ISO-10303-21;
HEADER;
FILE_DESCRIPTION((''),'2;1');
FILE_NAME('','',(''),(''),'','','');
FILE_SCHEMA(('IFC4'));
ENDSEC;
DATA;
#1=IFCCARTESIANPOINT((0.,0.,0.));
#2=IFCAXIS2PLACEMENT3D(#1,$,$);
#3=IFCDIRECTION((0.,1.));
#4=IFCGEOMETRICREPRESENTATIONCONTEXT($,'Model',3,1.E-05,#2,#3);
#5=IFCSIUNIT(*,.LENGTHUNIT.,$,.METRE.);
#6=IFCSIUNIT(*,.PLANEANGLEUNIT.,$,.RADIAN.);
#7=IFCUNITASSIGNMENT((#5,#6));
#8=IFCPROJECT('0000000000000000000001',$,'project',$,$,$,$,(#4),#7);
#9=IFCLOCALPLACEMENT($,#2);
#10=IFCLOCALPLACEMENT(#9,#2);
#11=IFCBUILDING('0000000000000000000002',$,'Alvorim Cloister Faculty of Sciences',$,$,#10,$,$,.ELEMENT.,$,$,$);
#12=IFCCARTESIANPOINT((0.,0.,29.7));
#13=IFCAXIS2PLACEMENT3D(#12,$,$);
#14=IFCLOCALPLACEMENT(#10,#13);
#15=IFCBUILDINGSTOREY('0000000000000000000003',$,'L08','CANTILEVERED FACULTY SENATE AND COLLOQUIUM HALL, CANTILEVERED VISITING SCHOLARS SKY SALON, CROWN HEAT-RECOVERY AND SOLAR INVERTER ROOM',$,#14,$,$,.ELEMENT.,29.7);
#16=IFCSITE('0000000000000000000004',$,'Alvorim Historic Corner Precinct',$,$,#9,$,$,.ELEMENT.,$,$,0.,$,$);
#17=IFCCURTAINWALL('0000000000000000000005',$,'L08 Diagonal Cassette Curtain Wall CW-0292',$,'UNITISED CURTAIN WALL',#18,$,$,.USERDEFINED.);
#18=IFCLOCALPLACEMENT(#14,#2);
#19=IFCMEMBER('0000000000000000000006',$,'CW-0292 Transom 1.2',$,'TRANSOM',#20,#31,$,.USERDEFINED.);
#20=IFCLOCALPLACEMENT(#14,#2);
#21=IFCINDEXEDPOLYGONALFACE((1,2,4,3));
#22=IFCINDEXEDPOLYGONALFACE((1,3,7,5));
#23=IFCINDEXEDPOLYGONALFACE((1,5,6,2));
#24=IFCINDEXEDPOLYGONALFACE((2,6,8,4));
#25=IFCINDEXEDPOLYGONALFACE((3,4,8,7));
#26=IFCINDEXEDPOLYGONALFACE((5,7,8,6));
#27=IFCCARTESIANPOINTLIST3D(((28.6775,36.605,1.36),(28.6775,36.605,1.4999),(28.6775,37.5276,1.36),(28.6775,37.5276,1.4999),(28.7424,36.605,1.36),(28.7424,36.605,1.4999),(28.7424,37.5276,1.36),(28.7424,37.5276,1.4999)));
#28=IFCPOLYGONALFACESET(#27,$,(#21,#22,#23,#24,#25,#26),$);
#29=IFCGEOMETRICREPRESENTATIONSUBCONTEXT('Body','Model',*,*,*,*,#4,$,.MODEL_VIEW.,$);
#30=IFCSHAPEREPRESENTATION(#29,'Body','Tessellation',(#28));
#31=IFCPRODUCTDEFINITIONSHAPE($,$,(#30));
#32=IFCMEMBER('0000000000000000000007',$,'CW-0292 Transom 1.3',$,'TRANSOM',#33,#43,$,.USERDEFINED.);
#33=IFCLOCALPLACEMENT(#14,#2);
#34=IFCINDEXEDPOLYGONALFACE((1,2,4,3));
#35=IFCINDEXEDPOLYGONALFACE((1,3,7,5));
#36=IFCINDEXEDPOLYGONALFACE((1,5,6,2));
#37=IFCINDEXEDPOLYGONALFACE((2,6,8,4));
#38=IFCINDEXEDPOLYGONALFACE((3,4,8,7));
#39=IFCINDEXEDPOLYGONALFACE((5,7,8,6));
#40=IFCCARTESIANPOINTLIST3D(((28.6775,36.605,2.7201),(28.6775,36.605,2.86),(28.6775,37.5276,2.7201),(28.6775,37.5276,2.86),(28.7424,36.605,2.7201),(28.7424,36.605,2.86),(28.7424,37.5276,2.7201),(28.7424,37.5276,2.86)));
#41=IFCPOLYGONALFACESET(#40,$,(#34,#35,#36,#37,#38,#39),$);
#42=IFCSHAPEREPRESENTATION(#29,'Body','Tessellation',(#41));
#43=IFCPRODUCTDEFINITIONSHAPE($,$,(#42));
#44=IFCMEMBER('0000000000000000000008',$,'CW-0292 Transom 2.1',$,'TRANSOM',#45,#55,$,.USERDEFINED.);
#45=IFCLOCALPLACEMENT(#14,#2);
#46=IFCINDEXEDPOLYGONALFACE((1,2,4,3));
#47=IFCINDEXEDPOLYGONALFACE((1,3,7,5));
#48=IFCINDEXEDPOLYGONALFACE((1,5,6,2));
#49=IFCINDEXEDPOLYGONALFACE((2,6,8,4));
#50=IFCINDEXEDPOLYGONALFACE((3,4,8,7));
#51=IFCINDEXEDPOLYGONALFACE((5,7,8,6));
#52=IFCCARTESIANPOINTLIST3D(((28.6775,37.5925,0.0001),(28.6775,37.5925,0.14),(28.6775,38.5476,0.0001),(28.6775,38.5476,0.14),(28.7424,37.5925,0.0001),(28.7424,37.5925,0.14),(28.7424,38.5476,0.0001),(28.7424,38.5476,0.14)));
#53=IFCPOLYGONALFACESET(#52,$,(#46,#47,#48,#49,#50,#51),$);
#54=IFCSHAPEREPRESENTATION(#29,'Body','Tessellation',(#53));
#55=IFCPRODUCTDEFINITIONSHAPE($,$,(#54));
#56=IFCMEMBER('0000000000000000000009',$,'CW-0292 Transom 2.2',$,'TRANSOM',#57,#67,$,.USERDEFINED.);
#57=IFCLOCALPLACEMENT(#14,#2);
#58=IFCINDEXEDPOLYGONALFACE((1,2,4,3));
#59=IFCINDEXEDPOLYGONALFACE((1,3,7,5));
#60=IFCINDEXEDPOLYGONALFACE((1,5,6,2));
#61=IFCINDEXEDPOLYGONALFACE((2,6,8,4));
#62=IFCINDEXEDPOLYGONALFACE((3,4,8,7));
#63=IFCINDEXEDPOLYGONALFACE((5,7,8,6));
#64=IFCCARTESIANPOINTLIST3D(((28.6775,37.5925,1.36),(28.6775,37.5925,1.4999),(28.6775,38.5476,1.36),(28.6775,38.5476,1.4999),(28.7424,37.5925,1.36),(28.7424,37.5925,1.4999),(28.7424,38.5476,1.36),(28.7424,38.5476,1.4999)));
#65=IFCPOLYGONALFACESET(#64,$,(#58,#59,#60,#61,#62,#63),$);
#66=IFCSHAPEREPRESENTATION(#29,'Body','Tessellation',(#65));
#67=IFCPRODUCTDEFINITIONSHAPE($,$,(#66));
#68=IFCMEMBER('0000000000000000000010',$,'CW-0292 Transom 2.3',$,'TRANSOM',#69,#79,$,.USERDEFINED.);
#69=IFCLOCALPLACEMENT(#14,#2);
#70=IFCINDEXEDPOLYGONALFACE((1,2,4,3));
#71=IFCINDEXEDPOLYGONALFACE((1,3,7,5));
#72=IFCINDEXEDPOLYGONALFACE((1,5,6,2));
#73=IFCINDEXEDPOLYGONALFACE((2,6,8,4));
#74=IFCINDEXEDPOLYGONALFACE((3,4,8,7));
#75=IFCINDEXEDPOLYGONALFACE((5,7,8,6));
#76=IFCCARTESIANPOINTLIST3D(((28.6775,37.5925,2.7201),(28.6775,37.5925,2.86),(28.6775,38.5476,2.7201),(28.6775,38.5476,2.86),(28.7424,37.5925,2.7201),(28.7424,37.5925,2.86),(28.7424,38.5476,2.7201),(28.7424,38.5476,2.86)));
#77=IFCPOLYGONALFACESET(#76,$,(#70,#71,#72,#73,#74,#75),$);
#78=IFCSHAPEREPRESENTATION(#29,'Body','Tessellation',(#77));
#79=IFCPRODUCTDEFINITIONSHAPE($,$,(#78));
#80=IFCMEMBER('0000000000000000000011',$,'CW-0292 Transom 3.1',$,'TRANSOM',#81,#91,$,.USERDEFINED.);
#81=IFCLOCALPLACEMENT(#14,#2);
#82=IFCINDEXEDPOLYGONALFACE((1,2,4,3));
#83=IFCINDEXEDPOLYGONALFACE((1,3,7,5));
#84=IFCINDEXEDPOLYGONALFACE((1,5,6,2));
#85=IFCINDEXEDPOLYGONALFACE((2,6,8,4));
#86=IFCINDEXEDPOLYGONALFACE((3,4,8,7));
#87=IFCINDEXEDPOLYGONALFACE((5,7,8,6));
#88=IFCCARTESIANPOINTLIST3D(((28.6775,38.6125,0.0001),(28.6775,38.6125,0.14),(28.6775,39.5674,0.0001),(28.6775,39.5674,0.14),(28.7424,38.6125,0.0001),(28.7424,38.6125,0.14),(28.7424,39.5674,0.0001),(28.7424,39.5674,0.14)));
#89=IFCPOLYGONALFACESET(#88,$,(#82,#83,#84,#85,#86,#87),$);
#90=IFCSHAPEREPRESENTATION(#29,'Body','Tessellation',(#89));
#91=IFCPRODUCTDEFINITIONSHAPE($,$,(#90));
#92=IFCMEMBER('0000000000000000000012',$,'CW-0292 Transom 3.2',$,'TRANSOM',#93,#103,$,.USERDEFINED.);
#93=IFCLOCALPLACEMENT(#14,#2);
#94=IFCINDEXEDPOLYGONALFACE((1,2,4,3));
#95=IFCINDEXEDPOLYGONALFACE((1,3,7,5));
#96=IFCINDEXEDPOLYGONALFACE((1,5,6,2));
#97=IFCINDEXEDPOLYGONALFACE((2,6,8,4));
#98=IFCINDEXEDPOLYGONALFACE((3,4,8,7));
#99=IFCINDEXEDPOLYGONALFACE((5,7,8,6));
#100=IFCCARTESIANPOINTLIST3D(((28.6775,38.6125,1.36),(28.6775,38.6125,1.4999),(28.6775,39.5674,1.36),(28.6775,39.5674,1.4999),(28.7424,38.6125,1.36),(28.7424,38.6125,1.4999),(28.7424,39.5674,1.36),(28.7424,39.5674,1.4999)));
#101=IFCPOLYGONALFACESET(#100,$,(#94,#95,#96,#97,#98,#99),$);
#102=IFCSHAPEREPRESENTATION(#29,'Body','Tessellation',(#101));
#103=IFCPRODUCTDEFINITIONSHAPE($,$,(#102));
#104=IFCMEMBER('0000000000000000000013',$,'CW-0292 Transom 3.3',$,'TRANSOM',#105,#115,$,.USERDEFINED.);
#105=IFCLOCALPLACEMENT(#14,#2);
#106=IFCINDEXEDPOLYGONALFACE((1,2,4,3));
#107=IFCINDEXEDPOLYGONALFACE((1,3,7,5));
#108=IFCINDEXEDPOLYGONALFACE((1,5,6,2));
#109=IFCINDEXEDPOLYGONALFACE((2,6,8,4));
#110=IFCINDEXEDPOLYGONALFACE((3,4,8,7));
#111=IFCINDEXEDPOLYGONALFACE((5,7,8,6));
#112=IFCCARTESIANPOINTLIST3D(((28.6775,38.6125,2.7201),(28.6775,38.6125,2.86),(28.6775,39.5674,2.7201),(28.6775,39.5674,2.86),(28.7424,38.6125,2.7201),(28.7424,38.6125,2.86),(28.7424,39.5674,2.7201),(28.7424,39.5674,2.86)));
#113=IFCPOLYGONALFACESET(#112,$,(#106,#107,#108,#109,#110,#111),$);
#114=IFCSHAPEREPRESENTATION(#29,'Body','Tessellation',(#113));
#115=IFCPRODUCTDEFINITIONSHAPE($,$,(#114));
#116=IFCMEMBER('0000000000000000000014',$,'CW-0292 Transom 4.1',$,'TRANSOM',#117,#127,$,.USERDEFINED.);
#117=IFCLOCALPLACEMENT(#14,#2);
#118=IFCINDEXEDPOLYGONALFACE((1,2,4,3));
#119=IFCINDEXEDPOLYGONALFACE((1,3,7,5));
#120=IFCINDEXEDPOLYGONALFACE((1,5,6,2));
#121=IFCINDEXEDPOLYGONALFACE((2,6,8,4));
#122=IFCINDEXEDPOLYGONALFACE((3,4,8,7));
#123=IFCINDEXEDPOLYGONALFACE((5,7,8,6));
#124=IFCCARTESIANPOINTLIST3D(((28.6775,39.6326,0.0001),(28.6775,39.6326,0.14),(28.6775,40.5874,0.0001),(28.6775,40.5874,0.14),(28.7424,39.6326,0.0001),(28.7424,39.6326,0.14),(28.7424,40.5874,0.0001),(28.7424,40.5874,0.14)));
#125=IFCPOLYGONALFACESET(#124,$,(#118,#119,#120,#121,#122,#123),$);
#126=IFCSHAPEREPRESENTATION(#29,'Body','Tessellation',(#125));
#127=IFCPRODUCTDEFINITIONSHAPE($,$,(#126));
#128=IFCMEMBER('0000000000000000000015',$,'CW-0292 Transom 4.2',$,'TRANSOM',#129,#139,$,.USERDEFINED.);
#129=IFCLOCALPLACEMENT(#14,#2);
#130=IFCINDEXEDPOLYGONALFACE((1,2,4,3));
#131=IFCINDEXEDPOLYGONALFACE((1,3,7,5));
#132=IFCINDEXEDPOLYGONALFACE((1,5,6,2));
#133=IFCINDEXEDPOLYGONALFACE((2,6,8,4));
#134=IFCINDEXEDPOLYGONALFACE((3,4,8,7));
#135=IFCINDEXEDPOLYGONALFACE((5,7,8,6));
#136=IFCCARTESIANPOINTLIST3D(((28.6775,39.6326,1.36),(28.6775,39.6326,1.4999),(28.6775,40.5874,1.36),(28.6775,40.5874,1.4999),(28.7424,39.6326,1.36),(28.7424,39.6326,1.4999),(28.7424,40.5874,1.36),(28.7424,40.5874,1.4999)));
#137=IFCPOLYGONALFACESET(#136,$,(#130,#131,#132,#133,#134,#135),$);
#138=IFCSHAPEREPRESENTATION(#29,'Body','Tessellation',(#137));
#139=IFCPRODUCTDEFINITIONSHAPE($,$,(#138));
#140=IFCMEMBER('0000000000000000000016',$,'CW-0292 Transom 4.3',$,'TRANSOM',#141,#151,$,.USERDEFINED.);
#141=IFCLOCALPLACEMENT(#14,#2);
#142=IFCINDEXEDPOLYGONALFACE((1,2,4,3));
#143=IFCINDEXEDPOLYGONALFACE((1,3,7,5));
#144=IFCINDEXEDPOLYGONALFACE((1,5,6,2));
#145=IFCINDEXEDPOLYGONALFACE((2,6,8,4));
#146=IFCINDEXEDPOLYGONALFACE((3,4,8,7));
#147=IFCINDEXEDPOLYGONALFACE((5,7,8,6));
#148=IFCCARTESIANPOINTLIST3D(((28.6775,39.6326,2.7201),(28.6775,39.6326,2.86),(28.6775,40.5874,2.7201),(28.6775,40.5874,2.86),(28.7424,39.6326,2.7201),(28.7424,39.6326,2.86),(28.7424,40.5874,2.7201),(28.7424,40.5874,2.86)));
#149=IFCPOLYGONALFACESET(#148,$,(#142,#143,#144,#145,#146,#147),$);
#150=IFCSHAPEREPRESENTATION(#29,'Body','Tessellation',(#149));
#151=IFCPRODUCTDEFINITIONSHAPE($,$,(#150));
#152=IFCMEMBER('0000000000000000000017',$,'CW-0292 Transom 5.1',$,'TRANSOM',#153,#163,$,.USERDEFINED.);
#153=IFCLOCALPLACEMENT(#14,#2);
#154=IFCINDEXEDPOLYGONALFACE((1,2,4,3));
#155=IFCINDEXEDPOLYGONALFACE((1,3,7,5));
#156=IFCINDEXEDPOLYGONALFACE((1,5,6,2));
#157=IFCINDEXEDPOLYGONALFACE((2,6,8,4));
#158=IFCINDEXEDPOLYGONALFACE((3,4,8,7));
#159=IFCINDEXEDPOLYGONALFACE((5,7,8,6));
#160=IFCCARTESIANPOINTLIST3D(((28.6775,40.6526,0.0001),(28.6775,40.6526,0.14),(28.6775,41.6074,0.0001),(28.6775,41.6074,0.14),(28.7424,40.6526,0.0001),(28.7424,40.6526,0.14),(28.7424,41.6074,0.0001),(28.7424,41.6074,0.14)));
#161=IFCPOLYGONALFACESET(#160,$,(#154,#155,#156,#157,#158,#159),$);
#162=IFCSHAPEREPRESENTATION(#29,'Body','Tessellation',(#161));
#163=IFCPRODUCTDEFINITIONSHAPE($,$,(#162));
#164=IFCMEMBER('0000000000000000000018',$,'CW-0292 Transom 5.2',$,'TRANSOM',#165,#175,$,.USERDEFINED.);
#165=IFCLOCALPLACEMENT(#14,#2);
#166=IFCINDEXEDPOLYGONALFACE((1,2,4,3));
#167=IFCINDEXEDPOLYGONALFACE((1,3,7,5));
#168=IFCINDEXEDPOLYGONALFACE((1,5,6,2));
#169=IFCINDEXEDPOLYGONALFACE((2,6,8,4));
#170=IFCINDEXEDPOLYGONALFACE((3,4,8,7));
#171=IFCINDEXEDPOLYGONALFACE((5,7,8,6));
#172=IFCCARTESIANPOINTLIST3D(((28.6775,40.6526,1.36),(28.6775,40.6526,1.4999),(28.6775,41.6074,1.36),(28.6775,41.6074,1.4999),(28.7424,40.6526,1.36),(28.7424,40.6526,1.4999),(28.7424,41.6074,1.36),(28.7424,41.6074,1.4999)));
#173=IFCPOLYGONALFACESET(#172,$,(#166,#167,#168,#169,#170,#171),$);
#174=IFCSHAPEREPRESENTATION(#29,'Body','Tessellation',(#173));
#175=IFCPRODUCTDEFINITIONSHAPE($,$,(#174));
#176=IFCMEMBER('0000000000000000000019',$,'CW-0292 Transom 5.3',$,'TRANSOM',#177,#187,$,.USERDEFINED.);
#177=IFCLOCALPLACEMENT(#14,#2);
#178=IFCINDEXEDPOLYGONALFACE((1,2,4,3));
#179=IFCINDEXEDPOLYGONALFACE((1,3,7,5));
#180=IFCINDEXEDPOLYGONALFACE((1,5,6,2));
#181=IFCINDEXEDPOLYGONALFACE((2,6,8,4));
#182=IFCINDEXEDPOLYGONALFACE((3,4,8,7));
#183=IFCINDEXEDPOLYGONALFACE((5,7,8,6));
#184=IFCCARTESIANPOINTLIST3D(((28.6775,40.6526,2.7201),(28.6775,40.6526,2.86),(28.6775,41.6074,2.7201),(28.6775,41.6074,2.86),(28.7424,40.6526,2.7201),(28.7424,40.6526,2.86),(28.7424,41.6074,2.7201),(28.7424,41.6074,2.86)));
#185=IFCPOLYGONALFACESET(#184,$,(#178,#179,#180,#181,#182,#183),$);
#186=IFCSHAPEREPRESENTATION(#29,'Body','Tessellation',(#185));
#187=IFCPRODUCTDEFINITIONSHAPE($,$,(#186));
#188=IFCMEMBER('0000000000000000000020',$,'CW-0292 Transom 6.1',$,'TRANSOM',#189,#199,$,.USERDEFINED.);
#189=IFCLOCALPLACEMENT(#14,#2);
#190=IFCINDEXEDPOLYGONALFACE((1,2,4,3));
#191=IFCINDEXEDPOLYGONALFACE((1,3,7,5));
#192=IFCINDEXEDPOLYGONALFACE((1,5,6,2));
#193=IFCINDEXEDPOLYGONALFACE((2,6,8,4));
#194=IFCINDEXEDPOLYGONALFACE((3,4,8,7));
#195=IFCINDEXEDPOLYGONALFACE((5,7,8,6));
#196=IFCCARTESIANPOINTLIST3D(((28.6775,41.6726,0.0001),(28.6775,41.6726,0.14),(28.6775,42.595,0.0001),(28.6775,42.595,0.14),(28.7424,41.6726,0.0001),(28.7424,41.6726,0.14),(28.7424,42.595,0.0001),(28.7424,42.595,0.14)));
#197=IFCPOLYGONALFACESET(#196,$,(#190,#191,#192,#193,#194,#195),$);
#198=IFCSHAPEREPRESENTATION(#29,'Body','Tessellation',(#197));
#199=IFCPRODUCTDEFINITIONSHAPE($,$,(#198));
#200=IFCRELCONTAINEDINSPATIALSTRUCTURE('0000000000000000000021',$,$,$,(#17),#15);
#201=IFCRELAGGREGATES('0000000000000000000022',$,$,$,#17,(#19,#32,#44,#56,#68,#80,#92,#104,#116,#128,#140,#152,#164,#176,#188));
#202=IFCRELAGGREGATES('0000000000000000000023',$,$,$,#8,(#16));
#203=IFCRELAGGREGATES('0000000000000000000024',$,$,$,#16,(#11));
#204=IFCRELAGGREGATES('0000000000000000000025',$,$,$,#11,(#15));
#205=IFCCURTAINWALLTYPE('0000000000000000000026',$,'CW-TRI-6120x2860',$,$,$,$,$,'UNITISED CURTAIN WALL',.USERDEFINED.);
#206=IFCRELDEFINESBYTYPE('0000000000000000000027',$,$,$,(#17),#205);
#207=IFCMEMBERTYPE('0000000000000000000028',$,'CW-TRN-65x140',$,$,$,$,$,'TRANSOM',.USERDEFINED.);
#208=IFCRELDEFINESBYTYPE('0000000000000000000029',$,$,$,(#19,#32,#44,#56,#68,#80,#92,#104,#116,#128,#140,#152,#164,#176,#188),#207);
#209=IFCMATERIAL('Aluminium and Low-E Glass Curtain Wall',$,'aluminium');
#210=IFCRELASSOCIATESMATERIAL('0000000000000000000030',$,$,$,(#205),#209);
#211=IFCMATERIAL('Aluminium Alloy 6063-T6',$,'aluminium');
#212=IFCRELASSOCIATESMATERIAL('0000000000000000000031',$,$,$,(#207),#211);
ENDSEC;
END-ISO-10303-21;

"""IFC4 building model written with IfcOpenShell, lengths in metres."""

from ifc_helpers import new_model, si_unit, direction, frame, origin, origin_2d, place, context, subcontext, project, spatial, rectangle, extrude, material, material_profile, profile_set, type_object, element, aggregate, save


model = new_model("IFC4")

# Units and contexts
model_context = context("Model", 3, precision=1e-05, world=origin(), true_north=direction((0.0, 1.0)))
body_context = subcontext(model_context, "Body", "Model", "MODEL_VIEW")
ifc_project = project(units=[si_unit("LENGTHUNIT", "METRE"), si_unit("PLANEANGLEUNIT", "RADIAN")], contexts=[model_context])

# Site, building, storey
site_placement = place(None, origin())
site = spatial("IfcSite", under=ifc_project, at=site_placement, Name="Alvorim Historic Corner Precinct", CompositionType="ELEMENT", RefElevation=0.0)
building_placement = place(site_placement, origin())
building = spatial("IfcBuilding", under=site, at=building_placement, Name="Alvorim Cloister Faculty of Sciences", CompositionType="ELEMENT")
storey_placement = place(building_placement, frame((0.0, 0.0, 29.7)))
storey = spatial("IfcBuildingStorey", under=building, at=storey_placement, Name="L08", Description="CANTILEVERED FACULTY SENATE AND COLLOQUIUM HALL, CANTILEVERED VISITING SCHOLARS SKY SALON, CROWN HEAT-RECOVERY AND SOLAR INVERTER ROOM", CompositionType="ELEMENT", Elevation=29.7)

# Curtain wall, members
ifc_material_1 = material(Name="Aluminium and Low-E Glass Curtain Wall", Category="aluminium")
curtain_wall_type = type_object("IfcCurtainWallType", Name="CW-TRI-6120x2860", ElementType="UNITISED CURTAIN WALL", PredefinedType="USERDEFINED", material=ifc_material_1)
curtain_wall_placement = place(storey_placement, origin())
curtain_wall = element("IfcCurtainWall", 1, at=curtain_wall_placement, inside=storey, type_object=curtain_wall_type, Name="L08 Diagonal Cassette Curtain Wall CW-0292", ObjectType="UNITISED CURTAIN WALL", PredefinedType="USERDEFINED")
ifc_material_2 = material(Name="Aluminium Alloy 6063-T6", Category="aluminium")
ifc_material_profile_1 = material_profile(ifc_material_2, rectangle(XDim=0.0649, YDim=0.1399, at=origin_2d()), Name="ALU-TRN-65x140")
ifc_profile_set_1 = profile_set([ifc_material_profile_1], Name="Aluminium Alloy 6063-T6")
member_type_1 = type_object("IfcMemberType", Name="CW-TRN-65x140", ElementType="TRANSOM", PredefinedType="USERDEFINED", material=ifc_profile_set_1)
member_1_placement = place(storey_placement, frame((28.71, 36.605, 1.4299), z_axis=(0.0, 1.0, 0.0), x_axis=(-1.0, 0.0, 0.0)))
member_1 = element("IfcMember", 2, at=member_1_placement, type_object=member_type_1, Name="CW-0292 Transom 1.2", ObjectType="TRANSOM", PredefinedType="USERDEFINED", context=body_context, shape_type="SweptSolid", body=[
    extrude(rectangle(XDim=0.0649, YDim=0.1399, at=origin_2d()), origin(), (0.0, 0.0, 1.0), 0.9226),
])
member_2_placement = place(storey_placement, frame((28.71, 36.605, 2.79), z_axis=(0.0, 1.0, 0.0), x_axis=(-1.0, 0.0, 0.0)))
member_2 = element("IfcMember", 3, at=member_2_placement, type_object=member_type_1, Name="CW-0292 Transom 1.3", ObjectType="TRANSOM", PredefinedType="USERDEFINED", context=body_context, shape_type="SweptSolid", body=[
    extrude(rectangle(XDim=0.0649, YDim=0.1399, at=origin_2d()), origin(), (0.0, 0.0, 1.0), 0.9226),
])
member_3_placement = place(storey_placement, frame((28.71, 37.5925, 0.0701), z_axis=(0.0, 1.0, 0.0), x_axis=(-1.0, 0.0, 0.0)))
member_3 = element("IfcMember", 4, at=member_3_placement, type_object=member_type_1, Name="CW-0292 Transom 2.1", ObjectType="TRANSOM", PredefinedType="USERDEFINED", context=body_context, shape_type="SweptSolid", body=[
    extrude(rectangle(XDim=0.0649, YDim=0.1399, at=origin_2d()), origin(), (0.0, 0.0, 1.0), 0.9551),
])
member_4_placement = place(storey_placement, frame((28.71, 37.5925, 1.4299), z_axis=(0.0, 1.0, 0.0), x_axis=(-1.0, 0.0, 0.0)))
member_4 = element("IfcMember", 5, at=member_4_placement, type_object=member_type_1, Name="CW-0292 Transom 2.2", ObjectType="TRANSOM", PredefinedType="USERDEFINED", context=body_context, shape_type="SweptSolid", body=[
    extrude(rectangle(XDim=0.0649, YDim=0.1399, at=origin_2d()), origin(), (0.0, 0.0, 1.0), 0.9551),
])
member_5_placement = place(storey_placement, frame((28.71, 37.5925, 2.79), z_axis=(0.0, 1.0, 0.0), x_axis=(-1.0, 0.0, 0.0)))
member_5 = element("IfcMember", 6, at=member_5_placement, type_object=member_type_1, Name="CW-0292 Transom 2.3", ObjectType="TRANSOM", PredefinedType="USERDEFINED", context=body_context, shape_type="SweptSolid", body=[
    extrude(rectangle(XDim=0.0649, YDim=0.1399, at=origin_2d()), origin(), (0.0, 0.0, 1.0), 0.9551),
])
member_6_placement = place(storey_placement, frame((28.71, 38.6125, 0.0701), z_axis=(0.0, 1.0, 0.0), x_axis=(-1.0, 0.0, 0.0)))
member_6 = element("IfcMember", 7, at=member_6_placement, type_object=member_type_1, Name="CW-0292 Transom 3.1", ObjectType="TRANSOM", PredefinedType="USERDEFINED", context=body_context, shape_type="SweptSolid", body=[
    extrude(rectangle(XDim=0.0649, YDim=0.1399, at=origin_2d()), origin(), (0.0, 0.0, 1.0), 0.9548),
])
member_7_placement = place(storey_placement, frame((28.71, 38.6125, 1.4299), z_axis=(0.0, 1.0, 0.0), x_axis=(-1.0, 0.0, 0.0)))
member_7 = element("IfcMember", 8, at=member_7_placement, type_object=member_type_1, Name="CW-0292 Transom 3.2", ObjectType="TRANSOM", PredefinedType="USERDEFINED", context=body_context, shape_type="SweptSolid", body=[
    extrude(rectangle(XDim=0.0649, YDim=0.1399, at=origin_2d()), origin(), (0.0, 0.0, 1.0), 0.9548),
])
member_8_placement = place(storey_placement, frame((28.71, 38.6125, 2.79), z_axis=(0.0, 1.0, 0.0), x_axis=(-1.0, 0.0, 0.0)))
member_8 = element("IfcMember", 9, at=member_8_placement, type_object=member_type_1, Name="CW-0292 Transom 3.3", ObjectType="TRANSOM", PredefinedType="USERDEFINED", context=body_context, shape_type="SweptSolid", body=[
    extrude(rectangle(XDim=0.0649, YDim=0.1399, at=origin_2d()), origin(), (0.0, 0.0, 1.0), 0.9548),
])
member_9_placement = place(storey_placement, frame((28.71, 39.6326, 0.0701), z_axis=(0.0, 1.0, 0.0), x_axis=(-1.0, 0.0, 0.0)))
member_9 = element("IfcMember", 10, at=member_9_placement, type_object=member_type_1, Name="CW-0292 Transom 4.1", ObjectType="TRANSOM", PredefinedType="USERDEFINED", context=body_context, shape_type="SweptSolid", body=[
    extrude(rectangle(XDim=0.0649, YDim=0.1399, at=origin_2d()), origin(), (0.0, 0.0, 1.0), 0.9548),
])
member_10_placement = place(storey_placement, frame((28.71, 39.6326, 1.4299), z_axis=(0.0, 1.0, 0.0), x_axis=(-1.0, 0.0, 0.0)))
member_10 = element("IfcMember", 11, at=member_10_placement, type_object=member_type_1, Name="CW-0292 Transom 4.2", ObjectType="TRANSOM", PredefinedType="USERDEFINED", context=body_context, shape_type="SweptSolid", body=[
    extrude(rectangle(XDim=0.0649, YDim=0.1399, at=origin_2d()), origin(), (0.0, 0.0, 1.0), 0.9548),
])
member_11_placement = place(storey_placement, frame((28.71, 39.6326, 2.79), z_axis=(0.0, 1.0, 0.0), x_axis=(-1.0, 0.0, 0.0)))
member_11 = element("IfcMember", 12, at=member_11_placement, type_object=member_type_1, Name="CW-0292 Transom 4.3", ObjectType="TRANSOM", PredefinedType="USERDEFINED", context=body_context, shape_type="SweptSolid", body=[
    extrude(rectangle(XDim=0.0649, YDim=0.1399, at=origin_2d()), origin(), (0.0, 0.0, 1.0), 0.9548),
])
member_12_placement = place(storey_placement, frame((28.71, 40.6526, 0.0701), z_axis=(0.0, 1.0, 0.0), x_axis=(-1.0, 0.0, 0.0)))
member_12 = element("IfcMember", 13, at=member_12_placement, type_object=member_type_1, Name="CW-0292 Transom 5.1", ObjectType="TRANSOM", PredefinedType="USERDEFINED", context=body_context, shape_type="SweptSolid", body=[
    extrude(rectangle(XDim=0.0649, YDim=0.1399, at=origin_2d()), origin(), (0.0, 0.0, 1.0), 0.9548),
])
member_13_placement = place(storey_placement, frame((28.71, 40.6526, 1.4299), z_axis=(0.0, 1.0, 0.0), x_axis=(-1.0, 0.0, 0.0)))
member_13 = element("IfcMember", 14, at=member_13_placement, type_object=member_type_1, Name="CW-0292 Transom 5.2", ObjectType="TRANSOM", PredefinedType="USERDEFINED", context=body_context, shape_type="SweptSolid", body=[
    extrude(rectangle(XDim=0.0649, YDim=0.1399, at=origin_2d()), origin(), (0.0, 0.0, 1.0), 0.9548),
])
member_14_placement = place(storey_placement, frame((28.71, 40.6526, 2.79), z_axis=(0.0, 1.0, 0.0), x_axis=(-1.0, 0.0, 0.0)))
member_14 = element("IfcMember", 15, at=member_14_placement, type_object=member_type_1, Name="CW-0292 Transom 5.3", ObjectType="TRANSOM", PredefinedType="USERDEFINED", context=body_context, shape_type="SweptSolid", body=[
    extrude(rectangle(XDim=0.0649, YDim=0.1399, at=origin_2d()), origin(), (0.0, 0.0, 1.0), 0.9548),
])
member_15_placement = place(storey_placement, frame((28.71, 41.6726, 0.0701), z_axis=(0.0, 1.0, 0.0), x_axis=(-1.0, 0.0, 0.0)))
member_15 = element("IfcMember", 16, at=member_15_placement, type_object=member_type_1, Name="CW-0292 Transom 6.1", ObjectType="TRANSOM", PredefinedType="USERDEFINED", context=body_context, shape_type="SweptSolid", body=[
    extrude(rectangle(XDim=0.0649, YDim=0.1399, at=origin_2d()), origin(), (0.0, 0.0, 1.0), 0.9224),
])
aggregate(curtain_wall, [member_1, member_2, member_3, member_4, member_5, member_6, member_7, member_8, member_9, member_10, member_11, member_12, member_13, member_14, member_15])

save(model, "model.ifc")
